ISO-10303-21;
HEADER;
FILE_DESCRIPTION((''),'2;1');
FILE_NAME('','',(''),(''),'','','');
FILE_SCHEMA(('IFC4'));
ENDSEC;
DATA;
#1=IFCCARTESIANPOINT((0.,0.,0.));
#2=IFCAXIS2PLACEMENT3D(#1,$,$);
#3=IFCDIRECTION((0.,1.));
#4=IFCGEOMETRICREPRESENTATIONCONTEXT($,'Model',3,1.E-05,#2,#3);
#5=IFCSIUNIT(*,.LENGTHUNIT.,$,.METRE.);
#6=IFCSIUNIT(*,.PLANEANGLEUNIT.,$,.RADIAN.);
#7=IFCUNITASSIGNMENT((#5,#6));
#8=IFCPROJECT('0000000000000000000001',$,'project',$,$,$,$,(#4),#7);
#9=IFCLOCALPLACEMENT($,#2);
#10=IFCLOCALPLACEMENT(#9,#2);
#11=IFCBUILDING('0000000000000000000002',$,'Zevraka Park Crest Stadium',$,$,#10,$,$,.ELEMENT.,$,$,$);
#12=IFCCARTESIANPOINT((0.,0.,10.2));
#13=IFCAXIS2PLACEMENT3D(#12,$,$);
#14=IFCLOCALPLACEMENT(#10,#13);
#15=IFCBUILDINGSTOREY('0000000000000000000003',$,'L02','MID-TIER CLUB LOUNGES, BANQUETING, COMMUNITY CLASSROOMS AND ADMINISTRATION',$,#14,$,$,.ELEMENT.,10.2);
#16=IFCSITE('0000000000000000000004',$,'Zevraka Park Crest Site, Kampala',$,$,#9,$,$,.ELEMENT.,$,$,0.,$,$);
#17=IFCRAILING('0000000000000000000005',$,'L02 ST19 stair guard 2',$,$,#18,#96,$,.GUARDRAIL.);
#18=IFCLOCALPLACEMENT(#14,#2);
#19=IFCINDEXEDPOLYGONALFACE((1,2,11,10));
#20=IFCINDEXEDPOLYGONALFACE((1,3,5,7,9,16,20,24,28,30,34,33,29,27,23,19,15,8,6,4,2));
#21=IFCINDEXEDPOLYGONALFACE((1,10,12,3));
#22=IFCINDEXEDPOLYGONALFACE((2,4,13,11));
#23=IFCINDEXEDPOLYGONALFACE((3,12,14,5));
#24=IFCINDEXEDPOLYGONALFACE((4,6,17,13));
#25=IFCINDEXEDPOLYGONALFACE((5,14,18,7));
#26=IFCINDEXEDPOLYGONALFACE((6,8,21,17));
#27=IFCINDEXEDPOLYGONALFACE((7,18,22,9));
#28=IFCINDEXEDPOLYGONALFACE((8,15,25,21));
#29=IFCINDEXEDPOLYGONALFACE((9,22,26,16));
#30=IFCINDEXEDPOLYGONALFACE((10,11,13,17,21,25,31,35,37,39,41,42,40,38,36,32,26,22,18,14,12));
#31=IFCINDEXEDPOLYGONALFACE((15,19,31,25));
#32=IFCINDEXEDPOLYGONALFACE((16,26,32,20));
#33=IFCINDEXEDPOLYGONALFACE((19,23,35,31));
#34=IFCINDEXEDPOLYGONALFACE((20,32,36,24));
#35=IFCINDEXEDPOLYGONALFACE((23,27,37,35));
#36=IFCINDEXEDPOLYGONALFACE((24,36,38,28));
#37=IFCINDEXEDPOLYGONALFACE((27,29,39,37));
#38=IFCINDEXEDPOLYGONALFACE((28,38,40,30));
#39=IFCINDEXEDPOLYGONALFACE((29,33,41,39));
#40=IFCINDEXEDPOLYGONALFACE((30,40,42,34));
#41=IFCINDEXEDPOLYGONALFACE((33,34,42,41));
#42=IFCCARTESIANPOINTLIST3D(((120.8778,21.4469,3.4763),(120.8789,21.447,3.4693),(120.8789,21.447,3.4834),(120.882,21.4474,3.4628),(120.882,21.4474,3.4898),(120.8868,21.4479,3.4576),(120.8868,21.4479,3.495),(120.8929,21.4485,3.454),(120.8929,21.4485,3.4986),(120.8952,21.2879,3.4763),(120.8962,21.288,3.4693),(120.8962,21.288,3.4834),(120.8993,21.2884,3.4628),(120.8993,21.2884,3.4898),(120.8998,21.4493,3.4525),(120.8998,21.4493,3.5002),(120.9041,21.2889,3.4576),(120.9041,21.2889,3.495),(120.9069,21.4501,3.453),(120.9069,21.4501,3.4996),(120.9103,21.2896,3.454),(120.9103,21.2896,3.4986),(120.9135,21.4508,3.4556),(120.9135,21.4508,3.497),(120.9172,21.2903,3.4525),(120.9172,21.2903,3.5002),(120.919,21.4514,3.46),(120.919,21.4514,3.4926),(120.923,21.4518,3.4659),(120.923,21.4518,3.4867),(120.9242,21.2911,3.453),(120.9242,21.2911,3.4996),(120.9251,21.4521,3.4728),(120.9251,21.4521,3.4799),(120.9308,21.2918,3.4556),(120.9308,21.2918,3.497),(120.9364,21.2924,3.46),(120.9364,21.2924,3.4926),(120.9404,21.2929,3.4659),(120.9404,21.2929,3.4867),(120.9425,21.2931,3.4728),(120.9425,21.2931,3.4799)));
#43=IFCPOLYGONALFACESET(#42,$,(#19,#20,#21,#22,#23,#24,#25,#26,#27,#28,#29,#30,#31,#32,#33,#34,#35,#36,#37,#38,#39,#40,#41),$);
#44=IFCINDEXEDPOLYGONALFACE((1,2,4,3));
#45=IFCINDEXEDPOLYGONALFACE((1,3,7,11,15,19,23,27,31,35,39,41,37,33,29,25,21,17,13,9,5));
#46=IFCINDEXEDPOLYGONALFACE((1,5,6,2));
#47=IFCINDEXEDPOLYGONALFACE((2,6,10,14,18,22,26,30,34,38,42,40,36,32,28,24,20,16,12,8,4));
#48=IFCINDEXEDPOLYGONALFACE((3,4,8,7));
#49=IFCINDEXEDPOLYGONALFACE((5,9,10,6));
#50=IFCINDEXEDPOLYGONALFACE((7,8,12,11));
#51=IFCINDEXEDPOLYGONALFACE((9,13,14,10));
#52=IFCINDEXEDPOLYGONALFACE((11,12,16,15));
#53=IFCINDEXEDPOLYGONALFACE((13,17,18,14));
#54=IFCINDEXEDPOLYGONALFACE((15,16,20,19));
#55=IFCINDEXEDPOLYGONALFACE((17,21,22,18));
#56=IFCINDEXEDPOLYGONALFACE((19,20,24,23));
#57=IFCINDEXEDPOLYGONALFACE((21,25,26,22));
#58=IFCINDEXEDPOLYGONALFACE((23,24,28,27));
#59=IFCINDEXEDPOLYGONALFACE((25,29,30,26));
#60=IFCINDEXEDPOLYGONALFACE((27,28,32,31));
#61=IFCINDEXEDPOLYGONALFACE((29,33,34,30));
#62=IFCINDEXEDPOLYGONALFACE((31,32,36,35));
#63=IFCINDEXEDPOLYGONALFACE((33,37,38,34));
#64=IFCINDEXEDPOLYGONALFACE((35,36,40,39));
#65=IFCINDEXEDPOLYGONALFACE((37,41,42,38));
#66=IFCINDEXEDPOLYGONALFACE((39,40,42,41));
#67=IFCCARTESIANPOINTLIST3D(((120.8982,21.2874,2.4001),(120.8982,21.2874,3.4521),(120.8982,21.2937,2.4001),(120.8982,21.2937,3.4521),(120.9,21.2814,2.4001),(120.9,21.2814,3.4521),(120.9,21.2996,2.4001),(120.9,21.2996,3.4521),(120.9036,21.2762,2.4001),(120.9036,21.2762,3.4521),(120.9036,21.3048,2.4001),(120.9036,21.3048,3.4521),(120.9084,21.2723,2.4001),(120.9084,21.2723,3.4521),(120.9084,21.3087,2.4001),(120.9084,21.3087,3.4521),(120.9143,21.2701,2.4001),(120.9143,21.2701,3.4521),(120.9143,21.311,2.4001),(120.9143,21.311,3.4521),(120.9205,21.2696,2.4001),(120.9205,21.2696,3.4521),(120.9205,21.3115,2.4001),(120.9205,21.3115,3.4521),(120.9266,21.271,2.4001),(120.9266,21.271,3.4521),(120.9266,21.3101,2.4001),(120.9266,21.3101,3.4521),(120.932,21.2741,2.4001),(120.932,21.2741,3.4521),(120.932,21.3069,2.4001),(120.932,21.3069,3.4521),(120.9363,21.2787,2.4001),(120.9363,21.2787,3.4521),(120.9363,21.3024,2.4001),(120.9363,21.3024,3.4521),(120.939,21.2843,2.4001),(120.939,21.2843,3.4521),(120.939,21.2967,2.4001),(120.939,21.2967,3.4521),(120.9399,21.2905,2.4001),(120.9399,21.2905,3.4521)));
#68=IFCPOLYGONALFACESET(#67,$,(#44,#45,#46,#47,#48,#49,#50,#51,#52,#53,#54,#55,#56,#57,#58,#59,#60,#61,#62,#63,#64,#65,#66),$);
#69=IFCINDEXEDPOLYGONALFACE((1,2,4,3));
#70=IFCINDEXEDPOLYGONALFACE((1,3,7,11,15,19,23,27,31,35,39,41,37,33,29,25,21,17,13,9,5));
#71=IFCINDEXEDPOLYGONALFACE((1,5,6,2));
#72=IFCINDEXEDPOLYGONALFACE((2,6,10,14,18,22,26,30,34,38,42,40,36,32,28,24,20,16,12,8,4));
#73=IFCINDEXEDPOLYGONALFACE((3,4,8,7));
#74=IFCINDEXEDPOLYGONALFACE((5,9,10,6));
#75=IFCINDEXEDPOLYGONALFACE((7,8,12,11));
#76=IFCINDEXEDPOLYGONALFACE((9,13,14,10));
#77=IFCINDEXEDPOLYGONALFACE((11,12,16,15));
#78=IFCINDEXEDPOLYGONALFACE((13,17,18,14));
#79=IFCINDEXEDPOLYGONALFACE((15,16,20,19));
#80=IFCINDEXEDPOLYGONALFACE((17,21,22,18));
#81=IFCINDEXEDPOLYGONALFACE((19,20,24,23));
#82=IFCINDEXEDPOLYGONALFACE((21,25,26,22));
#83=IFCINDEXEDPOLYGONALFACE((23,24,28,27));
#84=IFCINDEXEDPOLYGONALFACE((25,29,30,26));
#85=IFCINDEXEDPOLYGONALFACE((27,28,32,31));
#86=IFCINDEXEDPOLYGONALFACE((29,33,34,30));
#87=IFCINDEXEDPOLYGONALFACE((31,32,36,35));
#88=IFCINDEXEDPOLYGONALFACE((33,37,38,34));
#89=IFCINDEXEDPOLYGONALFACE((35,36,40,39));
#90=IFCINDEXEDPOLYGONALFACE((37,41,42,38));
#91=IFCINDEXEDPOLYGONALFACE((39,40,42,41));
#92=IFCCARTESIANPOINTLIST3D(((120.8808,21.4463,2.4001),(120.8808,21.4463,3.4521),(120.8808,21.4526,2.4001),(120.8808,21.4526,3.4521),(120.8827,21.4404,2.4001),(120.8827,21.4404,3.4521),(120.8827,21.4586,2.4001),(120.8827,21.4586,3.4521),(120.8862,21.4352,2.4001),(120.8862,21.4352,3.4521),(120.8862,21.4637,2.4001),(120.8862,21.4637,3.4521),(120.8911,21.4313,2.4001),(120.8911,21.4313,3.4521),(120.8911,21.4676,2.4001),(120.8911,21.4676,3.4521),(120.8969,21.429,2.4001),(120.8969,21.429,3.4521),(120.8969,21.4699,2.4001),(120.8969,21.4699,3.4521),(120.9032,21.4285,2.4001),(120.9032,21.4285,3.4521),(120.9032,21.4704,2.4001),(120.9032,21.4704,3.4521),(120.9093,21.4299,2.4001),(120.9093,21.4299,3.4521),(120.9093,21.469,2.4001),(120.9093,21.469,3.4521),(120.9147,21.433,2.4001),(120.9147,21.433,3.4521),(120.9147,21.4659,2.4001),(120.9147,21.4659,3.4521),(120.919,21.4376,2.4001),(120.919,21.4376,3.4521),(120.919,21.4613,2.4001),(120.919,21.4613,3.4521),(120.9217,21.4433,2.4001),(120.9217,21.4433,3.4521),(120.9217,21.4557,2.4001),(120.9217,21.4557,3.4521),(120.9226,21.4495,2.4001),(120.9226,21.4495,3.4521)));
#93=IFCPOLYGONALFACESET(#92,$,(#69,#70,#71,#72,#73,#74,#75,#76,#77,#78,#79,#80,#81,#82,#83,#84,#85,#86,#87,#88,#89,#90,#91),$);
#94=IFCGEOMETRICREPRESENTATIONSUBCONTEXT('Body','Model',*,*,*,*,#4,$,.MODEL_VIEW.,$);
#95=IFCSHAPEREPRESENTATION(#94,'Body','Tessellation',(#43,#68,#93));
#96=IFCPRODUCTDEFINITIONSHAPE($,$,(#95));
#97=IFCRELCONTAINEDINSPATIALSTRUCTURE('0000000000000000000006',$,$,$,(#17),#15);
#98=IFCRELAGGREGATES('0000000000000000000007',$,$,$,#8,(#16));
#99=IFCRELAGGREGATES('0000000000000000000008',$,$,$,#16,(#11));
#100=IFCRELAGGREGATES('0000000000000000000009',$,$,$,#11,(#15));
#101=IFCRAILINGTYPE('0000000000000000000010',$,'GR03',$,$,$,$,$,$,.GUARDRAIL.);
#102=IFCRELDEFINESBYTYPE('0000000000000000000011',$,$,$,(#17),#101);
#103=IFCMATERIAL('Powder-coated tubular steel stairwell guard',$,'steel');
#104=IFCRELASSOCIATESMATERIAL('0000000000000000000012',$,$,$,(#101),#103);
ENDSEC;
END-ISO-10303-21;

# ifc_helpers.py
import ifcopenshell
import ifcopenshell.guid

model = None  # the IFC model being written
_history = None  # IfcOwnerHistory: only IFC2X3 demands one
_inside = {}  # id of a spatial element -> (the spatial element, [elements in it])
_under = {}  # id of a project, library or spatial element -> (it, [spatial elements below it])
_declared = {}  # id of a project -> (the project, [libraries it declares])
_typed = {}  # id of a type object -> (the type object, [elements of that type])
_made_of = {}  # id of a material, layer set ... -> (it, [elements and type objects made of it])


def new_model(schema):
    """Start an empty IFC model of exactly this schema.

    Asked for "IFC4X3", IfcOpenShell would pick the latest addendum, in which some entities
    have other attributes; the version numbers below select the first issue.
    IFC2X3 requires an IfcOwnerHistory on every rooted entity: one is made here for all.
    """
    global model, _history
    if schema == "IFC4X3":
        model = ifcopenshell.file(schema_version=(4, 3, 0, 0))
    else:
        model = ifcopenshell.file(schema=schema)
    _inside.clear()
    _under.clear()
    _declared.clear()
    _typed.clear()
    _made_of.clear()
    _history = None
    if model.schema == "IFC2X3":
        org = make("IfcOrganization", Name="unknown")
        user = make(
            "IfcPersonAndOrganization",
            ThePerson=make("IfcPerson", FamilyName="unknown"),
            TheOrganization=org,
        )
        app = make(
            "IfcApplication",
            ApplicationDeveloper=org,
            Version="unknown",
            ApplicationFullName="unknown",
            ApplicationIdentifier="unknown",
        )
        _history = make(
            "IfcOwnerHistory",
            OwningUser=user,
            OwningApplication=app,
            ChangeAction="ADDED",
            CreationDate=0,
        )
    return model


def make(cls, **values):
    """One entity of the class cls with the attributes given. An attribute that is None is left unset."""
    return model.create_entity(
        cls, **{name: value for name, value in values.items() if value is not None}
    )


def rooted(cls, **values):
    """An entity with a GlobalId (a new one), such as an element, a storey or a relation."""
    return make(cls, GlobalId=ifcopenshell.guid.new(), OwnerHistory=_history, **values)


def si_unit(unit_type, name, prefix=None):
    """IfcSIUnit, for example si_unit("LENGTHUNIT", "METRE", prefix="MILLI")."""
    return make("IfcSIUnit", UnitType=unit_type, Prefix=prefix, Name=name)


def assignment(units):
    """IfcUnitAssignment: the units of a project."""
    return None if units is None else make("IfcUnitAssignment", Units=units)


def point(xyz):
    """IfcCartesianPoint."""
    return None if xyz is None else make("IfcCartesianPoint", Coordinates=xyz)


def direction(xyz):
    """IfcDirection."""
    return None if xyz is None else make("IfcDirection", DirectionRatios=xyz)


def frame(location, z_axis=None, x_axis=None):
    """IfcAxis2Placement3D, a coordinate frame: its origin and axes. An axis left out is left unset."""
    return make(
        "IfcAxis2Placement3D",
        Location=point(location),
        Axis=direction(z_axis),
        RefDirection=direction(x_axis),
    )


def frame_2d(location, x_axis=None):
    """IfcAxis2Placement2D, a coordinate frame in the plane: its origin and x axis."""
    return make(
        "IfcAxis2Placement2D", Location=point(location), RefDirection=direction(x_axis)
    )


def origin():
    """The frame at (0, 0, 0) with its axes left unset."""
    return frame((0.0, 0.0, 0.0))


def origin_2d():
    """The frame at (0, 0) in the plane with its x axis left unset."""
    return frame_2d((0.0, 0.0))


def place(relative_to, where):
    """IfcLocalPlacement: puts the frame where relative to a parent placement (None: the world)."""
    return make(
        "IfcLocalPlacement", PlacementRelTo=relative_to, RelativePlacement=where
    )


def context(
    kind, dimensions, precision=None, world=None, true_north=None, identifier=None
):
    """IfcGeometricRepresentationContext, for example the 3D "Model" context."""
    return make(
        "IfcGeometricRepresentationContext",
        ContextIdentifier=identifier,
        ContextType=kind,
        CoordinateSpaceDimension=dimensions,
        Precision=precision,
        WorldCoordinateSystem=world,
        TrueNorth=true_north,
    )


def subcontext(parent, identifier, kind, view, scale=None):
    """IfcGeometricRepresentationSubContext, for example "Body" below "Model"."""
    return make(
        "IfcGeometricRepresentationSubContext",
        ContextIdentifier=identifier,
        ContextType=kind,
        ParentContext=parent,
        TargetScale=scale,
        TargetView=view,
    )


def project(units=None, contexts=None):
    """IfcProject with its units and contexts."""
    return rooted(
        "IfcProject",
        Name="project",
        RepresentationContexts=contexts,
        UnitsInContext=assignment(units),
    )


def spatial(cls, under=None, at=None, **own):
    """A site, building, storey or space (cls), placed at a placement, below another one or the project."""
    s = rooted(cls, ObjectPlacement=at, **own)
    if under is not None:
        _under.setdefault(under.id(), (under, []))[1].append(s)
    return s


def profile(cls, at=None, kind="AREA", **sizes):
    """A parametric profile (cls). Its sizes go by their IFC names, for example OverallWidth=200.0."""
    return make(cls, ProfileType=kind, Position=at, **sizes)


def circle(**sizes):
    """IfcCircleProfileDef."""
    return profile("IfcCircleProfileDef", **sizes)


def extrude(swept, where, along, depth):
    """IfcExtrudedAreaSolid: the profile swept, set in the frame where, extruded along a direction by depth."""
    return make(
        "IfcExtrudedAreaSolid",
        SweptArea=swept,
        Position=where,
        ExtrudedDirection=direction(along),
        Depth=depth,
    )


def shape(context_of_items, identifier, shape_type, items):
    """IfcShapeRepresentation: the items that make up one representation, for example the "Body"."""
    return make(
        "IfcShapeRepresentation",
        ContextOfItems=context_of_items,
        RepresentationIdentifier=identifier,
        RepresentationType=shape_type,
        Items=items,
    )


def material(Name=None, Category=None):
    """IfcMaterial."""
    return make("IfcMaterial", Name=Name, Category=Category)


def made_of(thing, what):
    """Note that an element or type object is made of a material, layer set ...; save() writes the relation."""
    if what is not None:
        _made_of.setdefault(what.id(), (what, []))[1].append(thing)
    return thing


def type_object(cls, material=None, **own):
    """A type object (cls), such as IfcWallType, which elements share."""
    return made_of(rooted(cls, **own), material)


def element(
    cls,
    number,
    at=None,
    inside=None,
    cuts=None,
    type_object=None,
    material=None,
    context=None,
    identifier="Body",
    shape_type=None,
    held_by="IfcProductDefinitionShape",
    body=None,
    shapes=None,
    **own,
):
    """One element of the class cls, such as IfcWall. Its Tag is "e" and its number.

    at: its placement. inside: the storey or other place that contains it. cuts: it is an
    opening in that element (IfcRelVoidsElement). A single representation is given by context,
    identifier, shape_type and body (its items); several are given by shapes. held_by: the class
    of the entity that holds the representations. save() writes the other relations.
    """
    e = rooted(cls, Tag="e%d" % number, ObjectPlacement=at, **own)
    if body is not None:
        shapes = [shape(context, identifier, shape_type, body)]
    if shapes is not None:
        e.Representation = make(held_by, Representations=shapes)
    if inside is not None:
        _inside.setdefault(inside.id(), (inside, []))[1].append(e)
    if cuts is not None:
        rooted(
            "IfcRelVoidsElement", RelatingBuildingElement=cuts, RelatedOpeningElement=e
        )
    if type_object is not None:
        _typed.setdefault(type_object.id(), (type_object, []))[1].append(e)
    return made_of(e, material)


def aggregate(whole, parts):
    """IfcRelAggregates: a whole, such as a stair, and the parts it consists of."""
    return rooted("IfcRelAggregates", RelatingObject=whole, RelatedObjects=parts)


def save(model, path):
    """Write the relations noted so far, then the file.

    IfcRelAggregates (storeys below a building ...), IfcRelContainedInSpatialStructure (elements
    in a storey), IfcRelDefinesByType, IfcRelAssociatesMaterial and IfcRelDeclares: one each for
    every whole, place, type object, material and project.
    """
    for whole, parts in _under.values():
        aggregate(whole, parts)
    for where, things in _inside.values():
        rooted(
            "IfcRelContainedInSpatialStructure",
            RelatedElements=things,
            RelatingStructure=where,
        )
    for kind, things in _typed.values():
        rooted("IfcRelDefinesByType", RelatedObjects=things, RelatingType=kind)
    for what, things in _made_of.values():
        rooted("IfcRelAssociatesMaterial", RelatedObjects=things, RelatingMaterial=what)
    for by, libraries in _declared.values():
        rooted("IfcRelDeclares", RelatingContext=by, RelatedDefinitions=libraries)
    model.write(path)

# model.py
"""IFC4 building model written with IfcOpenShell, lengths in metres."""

from ifc_helpers import new_model, si_unit, direction, frame, origin, origin_2d, place, context, subcontext, project, spatial, circle, extrude, material, type_object, element, save


model = new_model("IFC4")

# Units and contexts
model_context = context("Model", 3, precision=1e-05, world=origin(), true_north=direction((0.0, 1.0)))
body_context = subcontext(model_context, "Body", "Model", "MODEL_VIEW")
ifc_project = project(units=[si_unit("LENGTHUNIT", "METRE"), si_unit("PLANEANGLEUNIT", "RADIAN")], contexts=[model_context])

# Site, building, storey
site_placement = place(None, origin())
site = spatial("IfcSite", under=ifc_project, at=site_placement, Name="Zevraka Park Crest Site, Kampala", CompositionType="ELEMENT", RefElevation=0.0)
building_placement = place(site_placement, origin())
building = spatial("IfcBuilding", under=site, at=building_placement, Name="Zevraka Park Crest Stadium", CompositionType="ELEMENT")
storey_placement = place(building_placement, frame((0.0, 0.0, 10.2)))
storey = spatial("IfcBuildingStorey", under=building, at=storey_placement, Name="L02", Description="MID-TIER CLUB LOUNGES, BANQUETING, COMMUNITY CLASSROOMS AND ADMINISTRATION", CompositionType="ELEMENT", Elevation=10.2)

# Railing
ifc_material_1 = material(Name="Powder-coated tubular steel stairwell guard", Category="steel")
railing_type_1 = type_object("IfcRailingType", Name="GR03", PredefinedType="GUARDRAIL", material=ifc_material_1)
railing_1_placement = place(storey_placement, frame((120.9189, 21.2905, 2.4001)))
element("IfcRailing", 1, at=railing_1_placement, inside=storey, type_object=railing_type_1, Name="L02 ST19 stair guard 2", PredefinedType="GUARDRAIL", context=body_context, shape_type="SweptSolid", body=[
    extrude(circle(Radius=0.0239, at=origin_2d()), frame((0.0, 0.0, 1.0762), z_axis=(-0.10842, 0.994105, 0.0), x_axis=(-0.994105, -0.10842, 0.0)), (0.0, 0.0, 1.0), 0.1599),
    extrude(circle(Radius=0.021, at=origin_2d()), origin(), (0.0, 0.0, 1.0), 1.052),
    extrude(circle(Radius=0.021, at=origin_2d()), frame((-0.0173, 0.1589, 0.0)), (0.0, 0.0, 1.0), 1.052),
])

save(model, "model.ifc")
